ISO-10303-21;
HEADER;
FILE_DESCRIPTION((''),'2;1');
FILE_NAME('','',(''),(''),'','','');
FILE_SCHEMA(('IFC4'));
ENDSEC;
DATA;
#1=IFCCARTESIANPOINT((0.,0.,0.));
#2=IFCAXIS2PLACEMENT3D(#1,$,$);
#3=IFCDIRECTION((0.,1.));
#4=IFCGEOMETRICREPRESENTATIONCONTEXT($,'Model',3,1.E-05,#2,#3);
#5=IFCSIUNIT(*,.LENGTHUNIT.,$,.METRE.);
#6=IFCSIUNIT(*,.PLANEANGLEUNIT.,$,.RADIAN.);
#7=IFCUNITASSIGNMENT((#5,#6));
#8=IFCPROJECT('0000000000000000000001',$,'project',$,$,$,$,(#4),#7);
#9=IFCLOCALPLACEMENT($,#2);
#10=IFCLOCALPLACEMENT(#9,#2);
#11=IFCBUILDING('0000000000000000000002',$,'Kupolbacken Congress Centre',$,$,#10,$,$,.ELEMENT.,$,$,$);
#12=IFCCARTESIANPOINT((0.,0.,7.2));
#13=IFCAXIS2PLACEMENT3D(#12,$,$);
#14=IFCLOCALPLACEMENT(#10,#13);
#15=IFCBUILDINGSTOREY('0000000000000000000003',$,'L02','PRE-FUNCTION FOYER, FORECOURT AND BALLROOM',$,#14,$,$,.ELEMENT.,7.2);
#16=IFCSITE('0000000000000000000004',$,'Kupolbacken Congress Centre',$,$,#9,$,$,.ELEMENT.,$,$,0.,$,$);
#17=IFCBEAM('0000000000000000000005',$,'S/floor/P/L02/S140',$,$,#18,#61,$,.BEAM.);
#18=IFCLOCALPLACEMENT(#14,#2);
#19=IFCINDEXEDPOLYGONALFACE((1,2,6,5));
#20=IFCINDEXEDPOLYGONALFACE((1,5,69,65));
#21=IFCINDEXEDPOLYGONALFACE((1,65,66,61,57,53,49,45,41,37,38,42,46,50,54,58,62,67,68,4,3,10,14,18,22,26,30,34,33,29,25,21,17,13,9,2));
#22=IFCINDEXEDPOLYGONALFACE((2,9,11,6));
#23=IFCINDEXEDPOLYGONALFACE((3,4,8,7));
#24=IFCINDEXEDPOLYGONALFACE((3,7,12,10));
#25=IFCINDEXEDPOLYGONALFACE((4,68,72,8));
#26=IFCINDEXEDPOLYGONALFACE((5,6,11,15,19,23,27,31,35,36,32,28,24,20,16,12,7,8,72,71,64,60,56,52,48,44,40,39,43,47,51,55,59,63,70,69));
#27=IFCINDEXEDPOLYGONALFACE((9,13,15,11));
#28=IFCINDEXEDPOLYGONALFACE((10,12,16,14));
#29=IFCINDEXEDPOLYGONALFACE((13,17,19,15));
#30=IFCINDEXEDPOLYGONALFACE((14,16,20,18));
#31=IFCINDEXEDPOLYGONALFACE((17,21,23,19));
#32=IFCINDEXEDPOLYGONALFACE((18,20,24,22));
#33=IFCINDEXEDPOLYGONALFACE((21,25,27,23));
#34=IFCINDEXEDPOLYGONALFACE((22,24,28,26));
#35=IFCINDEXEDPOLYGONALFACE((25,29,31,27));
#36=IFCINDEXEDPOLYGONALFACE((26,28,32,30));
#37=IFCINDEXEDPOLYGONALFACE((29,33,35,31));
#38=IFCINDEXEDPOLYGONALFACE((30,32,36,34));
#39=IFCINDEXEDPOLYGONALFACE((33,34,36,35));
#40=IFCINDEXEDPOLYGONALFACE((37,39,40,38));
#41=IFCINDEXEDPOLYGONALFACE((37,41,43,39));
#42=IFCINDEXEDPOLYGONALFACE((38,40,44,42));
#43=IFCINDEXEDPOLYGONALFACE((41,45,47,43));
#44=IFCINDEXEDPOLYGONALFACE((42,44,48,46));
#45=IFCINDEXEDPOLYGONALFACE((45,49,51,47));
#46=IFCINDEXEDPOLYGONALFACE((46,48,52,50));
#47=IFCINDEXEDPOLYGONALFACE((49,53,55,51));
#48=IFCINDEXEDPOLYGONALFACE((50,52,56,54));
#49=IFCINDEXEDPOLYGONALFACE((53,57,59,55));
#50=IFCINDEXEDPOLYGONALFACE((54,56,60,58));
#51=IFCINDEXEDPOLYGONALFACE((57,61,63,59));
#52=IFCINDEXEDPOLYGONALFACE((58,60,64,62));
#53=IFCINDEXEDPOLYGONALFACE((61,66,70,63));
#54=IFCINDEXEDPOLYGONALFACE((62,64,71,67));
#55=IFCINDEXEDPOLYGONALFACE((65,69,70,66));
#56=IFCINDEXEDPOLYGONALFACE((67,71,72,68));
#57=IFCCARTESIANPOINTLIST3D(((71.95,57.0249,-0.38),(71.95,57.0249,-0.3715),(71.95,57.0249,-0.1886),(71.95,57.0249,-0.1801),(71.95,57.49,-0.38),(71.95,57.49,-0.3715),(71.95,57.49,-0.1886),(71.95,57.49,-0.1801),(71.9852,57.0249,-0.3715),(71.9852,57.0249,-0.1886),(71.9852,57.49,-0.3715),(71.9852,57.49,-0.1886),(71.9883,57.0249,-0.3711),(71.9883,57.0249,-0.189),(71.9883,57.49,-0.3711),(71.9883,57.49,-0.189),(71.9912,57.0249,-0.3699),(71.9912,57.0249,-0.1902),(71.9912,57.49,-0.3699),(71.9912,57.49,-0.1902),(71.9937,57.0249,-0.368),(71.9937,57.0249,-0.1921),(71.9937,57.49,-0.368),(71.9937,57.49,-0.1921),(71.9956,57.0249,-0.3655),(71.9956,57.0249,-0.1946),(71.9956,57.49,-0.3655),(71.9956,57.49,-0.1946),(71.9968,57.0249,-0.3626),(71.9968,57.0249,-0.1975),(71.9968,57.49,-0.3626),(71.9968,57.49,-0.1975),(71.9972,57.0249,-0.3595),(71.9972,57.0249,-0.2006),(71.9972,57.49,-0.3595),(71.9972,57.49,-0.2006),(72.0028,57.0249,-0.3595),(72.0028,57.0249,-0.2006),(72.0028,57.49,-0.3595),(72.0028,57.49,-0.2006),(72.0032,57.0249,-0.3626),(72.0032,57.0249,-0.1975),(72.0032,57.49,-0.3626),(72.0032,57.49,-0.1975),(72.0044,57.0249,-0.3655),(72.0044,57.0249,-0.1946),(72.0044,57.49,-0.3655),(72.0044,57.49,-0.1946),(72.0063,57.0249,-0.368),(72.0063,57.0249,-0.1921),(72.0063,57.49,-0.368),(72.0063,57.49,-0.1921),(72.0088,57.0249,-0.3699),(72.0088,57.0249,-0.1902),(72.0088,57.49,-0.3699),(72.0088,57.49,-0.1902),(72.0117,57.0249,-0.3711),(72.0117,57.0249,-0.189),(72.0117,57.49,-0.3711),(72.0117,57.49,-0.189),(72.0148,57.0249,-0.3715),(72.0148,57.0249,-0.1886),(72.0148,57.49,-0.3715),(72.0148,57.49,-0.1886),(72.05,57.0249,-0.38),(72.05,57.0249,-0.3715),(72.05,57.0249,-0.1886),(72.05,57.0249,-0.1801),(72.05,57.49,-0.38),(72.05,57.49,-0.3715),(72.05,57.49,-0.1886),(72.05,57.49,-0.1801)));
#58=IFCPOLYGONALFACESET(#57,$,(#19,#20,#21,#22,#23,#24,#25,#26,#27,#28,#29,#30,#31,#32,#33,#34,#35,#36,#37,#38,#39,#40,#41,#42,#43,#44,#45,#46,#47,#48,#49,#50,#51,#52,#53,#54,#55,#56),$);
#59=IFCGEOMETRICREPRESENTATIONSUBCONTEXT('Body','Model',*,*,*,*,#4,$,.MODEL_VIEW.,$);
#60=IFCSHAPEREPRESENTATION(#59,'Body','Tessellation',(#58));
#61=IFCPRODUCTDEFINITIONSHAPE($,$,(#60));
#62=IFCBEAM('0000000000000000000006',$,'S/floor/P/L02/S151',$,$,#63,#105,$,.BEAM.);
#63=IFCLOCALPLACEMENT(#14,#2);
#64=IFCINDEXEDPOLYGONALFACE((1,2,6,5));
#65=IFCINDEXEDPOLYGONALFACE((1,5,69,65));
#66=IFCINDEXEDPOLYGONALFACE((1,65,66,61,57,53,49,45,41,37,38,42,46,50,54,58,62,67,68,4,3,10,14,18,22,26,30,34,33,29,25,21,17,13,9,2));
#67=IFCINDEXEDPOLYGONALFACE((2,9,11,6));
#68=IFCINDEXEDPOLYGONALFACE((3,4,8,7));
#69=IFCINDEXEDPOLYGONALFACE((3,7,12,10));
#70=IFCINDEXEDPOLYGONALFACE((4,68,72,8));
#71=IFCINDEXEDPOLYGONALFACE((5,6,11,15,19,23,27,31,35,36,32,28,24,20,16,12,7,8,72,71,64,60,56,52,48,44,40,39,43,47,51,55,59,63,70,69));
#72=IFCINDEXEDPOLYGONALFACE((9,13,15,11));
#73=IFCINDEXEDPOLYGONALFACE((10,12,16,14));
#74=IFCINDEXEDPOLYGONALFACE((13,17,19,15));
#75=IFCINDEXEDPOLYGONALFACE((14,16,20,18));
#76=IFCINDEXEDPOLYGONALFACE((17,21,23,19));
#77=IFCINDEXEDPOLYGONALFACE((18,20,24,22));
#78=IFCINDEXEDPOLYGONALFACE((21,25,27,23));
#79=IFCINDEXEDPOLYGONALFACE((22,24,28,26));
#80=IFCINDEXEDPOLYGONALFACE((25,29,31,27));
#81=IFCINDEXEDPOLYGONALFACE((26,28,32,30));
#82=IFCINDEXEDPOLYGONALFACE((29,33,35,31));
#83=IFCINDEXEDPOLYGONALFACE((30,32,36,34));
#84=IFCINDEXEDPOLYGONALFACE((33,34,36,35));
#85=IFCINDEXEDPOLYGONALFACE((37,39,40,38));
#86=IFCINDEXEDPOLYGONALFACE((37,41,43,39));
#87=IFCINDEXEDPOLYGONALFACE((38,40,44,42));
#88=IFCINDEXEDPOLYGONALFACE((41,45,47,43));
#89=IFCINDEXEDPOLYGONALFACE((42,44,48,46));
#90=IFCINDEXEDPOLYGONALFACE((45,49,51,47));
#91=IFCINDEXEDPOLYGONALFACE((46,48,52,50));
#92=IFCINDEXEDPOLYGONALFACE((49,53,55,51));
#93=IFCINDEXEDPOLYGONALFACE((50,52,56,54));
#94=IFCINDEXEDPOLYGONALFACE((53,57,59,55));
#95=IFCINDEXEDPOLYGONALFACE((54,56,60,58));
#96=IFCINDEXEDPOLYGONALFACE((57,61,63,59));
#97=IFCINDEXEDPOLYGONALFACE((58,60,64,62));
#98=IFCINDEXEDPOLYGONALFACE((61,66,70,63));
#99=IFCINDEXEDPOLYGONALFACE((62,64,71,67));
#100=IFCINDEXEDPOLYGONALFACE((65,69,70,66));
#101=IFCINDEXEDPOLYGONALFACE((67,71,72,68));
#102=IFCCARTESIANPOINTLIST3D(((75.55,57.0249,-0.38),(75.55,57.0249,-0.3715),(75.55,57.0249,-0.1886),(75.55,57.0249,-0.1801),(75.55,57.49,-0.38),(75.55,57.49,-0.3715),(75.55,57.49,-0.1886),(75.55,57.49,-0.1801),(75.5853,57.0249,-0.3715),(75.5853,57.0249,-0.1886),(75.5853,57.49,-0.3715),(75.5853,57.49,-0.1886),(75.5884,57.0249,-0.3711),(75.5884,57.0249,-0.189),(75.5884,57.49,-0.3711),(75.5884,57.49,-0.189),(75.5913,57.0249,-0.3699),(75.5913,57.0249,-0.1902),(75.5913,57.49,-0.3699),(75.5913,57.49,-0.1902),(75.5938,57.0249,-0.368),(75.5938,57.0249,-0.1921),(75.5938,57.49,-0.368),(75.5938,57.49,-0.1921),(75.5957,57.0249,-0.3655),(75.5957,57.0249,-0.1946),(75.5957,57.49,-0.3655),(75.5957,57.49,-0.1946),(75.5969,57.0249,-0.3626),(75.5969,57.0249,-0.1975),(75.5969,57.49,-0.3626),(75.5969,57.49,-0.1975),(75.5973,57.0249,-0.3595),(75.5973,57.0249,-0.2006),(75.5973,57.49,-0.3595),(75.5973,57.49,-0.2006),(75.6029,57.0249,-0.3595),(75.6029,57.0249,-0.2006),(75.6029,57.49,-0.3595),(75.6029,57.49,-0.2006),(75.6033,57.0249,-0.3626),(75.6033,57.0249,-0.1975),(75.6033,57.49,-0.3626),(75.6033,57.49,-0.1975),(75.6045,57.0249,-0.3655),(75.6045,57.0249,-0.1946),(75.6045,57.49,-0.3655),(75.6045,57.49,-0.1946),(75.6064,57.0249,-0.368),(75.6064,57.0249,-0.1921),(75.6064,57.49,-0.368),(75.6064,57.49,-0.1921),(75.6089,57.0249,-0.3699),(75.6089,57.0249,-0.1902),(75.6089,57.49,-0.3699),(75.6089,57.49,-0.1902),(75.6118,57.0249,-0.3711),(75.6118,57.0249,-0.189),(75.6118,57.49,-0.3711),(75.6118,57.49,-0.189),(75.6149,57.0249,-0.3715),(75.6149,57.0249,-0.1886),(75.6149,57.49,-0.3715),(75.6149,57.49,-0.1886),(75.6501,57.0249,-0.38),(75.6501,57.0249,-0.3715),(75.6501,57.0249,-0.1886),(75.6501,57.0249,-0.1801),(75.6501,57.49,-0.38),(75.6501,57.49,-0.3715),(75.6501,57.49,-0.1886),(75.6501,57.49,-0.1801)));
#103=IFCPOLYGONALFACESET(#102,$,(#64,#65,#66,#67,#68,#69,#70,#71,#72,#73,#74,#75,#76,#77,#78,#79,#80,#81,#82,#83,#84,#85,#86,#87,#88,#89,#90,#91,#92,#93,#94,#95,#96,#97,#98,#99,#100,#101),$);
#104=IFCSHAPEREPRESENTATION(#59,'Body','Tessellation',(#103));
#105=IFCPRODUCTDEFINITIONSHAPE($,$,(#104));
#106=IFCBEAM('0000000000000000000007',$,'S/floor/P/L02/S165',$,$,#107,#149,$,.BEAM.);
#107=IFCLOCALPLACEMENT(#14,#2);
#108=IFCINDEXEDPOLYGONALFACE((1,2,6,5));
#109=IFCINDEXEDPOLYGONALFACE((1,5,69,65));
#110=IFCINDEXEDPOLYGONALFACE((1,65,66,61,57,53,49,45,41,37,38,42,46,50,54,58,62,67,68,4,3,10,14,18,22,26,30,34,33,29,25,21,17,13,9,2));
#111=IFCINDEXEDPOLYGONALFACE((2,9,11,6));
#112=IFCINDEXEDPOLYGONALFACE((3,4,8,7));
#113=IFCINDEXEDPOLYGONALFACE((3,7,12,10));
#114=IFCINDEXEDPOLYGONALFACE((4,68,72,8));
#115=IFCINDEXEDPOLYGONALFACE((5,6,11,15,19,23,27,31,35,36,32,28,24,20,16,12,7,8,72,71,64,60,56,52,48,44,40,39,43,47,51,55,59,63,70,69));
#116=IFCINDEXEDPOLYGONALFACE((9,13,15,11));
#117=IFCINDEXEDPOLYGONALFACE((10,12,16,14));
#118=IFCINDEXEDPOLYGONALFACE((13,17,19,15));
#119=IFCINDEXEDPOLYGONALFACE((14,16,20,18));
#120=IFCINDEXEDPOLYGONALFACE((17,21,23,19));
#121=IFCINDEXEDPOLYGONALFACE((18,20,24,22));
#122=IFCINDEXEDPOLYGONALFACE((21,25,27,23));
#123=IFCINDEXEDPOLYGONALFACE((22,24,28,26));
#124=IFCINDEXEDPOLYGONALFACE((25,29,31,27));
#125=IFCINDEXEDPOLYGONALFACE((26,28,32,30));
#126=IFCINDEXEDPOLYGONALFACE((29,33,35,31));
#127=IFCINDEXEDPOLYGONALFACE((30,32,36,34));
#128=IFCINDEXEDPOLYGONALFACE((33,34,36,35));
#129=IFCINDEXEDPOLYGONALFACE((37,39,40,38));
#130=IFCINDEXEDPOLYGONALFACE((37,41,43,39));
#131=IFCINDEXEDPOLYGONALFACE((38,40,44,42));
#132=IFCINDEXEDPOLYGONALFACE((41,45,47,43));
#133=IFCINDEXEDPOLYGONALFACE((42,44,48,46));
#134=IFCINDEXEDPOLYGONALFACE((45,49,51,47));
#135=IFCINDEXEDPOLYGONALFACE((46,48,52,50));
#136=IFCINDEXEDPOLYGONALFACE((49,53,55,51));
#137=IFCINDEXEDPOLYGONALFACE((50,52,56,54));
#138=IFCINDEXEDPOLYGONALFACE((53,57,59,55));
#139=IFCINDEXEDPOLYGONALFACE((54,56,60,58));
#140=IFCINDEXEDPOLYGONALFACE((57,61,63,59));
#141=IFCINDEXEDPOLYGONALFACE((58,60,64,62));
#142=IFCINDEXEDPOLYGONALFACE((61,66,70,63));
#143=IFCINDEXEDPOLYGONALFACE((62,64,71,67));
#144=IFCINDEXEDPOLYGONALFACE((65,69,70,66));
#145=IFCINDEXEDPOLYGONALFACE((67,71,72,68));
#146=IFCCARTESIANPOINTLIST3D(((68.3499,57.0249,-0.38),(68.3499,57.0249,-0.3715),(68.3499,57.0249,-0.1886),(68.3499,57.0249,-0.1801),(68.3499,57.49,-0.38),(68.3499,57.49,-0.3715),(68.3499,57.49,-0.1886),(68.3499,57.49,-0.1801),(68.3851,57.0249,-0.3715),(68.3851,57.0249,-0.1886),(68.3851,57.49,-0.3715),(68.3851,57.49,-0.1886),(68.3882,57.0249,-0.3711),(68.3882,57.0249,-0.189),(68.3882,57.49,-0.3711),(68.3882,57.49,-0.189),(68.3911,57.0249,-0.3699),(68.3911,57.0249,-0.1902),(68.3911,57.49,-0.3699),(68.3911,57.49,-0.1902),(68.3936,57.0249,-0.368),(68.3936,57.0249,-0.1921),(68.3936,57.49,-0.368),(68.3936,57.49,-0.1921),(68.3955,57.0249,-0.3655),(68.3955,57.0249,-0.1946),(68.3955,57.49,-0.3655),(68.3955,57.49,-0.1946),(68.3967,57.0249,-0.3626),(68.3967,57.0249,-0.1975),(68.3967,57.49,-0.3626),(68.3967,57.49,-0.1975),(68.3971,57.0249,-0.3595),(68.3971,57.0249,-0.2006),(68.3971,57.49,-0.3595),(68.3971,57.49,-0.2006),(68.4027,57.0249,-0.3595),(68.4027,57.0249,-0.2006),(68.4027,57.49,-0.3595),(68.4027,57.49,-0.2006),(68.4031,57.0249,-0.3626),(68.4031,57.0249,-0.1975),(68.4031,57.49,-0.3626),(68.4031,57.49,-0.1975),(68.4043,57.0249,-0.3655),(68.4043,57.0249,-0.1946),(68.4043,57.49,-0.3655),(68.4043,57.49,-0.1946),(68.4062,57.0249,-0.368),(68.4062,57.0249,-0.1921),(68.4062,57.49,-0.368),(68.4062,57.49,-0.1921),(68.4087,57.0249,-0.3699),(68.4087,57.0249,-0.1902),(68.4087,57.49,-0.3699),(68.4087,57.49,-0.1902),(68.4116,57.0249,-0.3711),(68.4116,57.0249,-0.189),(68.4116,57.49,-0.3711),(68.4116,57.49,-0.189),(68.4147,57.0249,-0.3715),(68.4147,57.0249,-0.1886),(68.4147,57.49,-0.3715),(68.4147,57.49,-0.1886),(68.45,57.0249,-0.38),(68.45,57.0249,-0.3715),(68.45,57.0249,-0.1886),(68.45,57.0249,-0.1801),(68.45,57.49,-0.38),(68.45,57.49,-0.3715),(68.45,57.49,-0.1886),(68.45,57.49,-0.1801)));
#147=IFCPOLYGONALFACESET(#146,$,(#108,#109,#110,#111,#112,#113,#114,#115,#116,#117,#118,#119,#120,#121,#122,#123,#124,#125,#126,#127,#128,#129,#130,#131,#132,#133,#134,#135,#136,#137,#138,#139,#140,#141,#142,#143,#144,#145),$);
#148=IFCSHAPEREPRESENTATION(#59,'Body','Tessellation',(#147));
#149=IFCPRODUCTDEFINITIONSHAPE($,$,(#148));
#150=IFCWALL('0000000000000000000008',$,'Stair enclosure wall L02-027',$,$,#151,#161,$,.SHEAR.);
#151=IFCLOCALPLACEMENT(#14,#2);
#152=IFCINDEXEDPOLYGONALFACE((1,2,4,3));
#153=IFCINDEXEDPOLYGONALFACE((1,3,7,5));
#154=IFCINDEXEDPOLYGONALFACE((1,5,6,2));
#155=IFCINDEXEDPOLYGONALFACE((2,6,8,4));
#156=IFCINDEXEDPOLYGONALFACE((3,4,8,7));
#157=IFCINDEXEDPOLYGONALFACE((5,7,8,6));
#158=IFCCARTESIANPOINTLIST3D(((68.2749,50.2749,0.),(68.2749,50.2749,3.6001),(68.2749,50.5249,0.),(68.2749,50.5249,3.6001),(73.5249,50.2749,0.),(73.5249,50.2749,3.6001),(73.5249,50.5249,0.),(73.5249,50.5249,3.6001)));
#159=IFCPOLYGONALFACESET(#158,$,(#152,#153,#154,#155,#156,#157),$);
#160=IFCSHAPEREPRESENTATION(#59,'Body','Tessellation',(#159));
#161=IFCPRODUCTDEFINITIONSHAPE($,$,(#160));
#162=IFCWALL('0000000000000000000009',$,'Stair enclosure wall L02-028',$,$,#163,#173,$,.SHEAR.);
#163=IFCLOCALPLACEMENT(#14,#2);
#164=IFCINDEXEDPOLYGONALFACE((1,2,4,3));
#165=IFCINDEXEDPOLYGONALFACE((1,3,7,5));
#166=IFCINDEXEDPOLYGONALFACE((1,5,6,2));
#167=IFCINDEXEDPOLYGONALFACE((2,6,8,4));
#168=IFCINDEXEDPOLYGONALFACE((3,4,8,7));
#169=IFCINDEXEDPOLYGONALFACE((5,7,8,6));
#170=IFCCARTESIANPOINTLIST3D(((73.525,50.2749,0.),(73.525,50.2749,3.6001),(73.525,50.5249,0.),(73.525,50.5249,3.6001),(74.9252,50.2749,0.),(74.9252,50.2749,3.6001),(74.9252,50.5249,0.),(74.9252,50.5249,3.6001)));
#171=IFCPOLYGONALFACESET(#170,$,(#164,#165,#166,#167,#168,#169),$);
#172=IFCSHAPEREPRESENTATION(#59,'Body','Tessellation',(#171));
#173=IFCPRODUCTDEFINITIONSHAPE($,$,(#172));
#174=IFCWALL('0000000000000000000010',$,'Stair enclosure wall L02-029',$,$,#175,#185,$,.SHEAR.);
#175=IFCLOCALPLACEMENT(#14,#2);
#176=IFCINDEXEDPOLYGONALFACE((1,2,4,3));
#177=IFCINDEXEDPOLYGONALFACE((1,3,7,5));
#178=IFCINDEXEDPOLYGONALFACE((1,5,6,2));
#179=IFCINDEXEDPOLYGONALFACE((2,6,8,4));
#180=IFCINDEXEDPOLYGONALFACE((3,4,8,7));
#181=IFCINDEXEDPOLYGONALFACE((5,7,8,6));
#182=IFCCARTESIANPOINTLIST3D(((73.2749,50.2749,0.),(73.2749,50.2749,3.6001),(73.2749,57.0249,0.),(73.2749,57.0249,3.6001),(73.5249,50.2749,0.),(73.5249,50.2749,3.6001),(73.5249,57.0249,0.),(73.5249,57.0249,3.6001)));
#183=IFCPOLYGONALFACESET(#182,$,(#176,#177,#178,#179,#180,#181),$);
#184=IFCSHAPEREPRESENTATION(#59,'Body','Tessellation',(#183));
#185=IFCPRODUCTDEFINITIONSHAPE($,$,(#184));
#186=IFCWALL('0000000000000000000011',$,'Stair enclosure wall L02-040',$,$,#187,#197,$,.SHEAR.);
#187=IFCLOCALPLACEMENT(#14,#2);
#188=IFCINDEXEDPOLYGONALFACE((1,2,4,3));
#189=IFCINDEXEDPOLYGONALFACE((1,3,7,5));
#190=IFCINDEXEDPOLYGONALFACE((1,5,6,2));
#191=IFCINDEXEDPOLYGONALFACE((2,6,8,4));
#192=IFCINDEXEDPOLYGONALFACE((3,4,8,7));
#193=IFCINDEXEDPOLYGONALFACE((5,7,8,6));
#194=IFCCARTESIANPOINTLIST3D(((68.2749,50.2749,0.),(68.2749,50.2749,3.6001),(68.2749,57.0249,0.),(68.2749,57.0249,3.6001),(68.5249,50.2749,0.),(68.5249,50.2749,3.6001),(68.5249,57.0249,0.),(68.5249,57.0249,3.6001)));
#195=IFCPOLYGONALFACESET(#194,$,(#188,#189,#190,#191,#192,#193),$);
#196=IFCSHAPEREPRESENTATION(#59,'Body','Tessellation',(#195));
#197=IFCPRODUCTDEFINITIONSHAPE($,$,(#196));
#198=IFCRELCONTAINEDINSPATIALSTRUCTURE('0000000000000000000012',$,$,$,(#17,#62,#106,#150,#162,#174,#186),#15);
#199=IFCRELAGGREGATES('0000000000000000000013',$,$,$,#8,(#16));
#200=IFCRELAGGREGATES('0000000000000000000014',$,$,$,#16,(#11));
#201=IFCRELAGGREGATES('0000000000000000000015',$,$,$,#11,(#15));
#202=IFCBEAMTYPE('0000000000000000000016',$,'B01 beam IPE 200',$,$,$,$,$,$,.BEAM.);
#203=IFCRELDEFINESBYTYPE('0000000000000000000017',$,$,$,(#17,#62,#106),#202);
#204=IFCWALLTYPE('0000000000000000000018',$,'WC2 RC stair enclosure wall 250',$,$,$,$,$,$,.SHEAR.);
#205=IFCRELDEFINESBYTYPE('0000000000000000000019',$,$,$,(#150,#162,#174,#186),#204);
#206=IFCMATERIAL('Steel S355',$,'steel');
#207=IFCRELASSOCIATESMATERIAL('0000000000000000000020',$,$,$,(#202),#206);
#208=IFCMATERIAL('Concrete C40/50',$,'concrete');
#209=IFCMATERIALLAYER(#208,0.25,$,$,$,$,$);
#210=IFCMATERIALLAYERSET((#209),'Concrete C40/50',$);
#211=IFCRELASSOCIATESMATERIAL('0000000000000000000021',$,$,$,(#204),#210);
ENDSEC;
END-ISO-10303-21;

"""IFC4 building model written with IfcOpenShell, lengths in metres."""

from ifc_helpers import new_model, si_unit, direction, frame, frame_2d, origin, origin_2d, place, context, subcontext, project, spatial, rectangle, i_section, extrude, material, layer, layer_set, material_profile, profile_set, type_object, element, save


model = new_model("IFC4")

# Units and contexts
model_context = context("Model", 3, precision=1e-05, world=origin(), true_north=direction((0.0, 1.0)))
body_context = subcontext(model_context, "Body", "Model", "MODEL_VIEW")
ifc_project = project(units=[si_unit("LENGTHUNIT", "METRE"), si_unit("PLANEANGLEUNIT", "RADIAN")], contexts=[model_context])

# Site, building, storey
site_placement = place(None, origin())
site = spatial("IfcSite", under=ifc_project, at=site_placement, Name="Kupolbacken Congress Centre", CompositionType="ELEMENT", RefElevation=0.0)
building_placement = place(site_placement, origin())
building = spatial("IfcBuilding", under=site, at=building_placement, Name="Kupolbacken Congress Centre", CompositionType="ELEMENT")
storey_placement = place(building_placement, frame((0.0, 0.0, 7.2)))
storey = spatial("IfcBuildingStorey", under=building, at=storey_placement, Name="L02", Description="PRE-FUNCTION FOYER, FORECOURT AND BALLROOM", CompositionType="ELEMENT", Elevation=7.2)

# Beams
ifc_material_1 = material(Name="Steel S355", Category="steel")
ifc_material_profile = material_profile(ifc_material_1, i_section(OverallWidth=0.1001, OverallDepth=0.2, WebThickness=0.0056, FlangeThickness=0.0085, FilletRadius=0.012, at=origin_2d()), Name="IPE 200")
ifc_profile_set = profile_set([ifc_material_profile], Name="Steel S355")
beam_type = type_object("IfcBeamType", Name="B01 beam IPE 200", PredefinedType="BEAM", material=ifc_profile_set)
for number, where, z_axis, x_axis, name in (
    (1, (72.0, 57.0249, -0.28), (0.0, 1.0, 0.0), (-1.0, 0.0, 0.0), "S/floor/P/L02/S140"),
    (2, (75.6001, 57.0249, -0.28), (0.0, 1.0, 0.0), (-1.0, 0.0, 0.0), "S/floor/P/L02/S151"),
    (3, (68.3999, 57.0249, -0.28), (0.0, 1.0, 0.0), (-1.0, 0.0, 0.0), "S/floor/P/L02/S165"),
):
    element("IfcBeam", number, at=place(storey_placement, frame(where, z_axis=z_axis, x_axis=x_axis)), inside=storey, type_object=beam_type, Name=name, PredefinedType="BEAM", context=body_context, shape_type="SweptSolid", body=[
        extrude(i_section(OverallWidth=0.1001, OverallDepth=0.2, WebThickness=0.0056, FlangeThickness=0.0085, FilletRadius=0.012, at=origin_2d()), origin(), (0.0, 0.0, 1.0), 0.4651),
    ])

# Walls
ifc_material_2 = material(Name="Concrete C40/50", Category="concrete")
ifc_layer = layer(ifc_material_2, 0.25)
ifc_layer_set = layer_set([ifc_layer], Name="Concrete C40/50")
wall_type = type_object("IfcWallType", Name="WC2 RC stair enclosure wall 250", PredefinedType="SHEAR", material=ifc_layer_set)
wall_1_placement = place(storey_placement, frame((68.2749, 50.3999, 0.0), z_axis=(0.0, 0.0, 1.0), x_axis=(1.0, 0.0, 0.0)))
element("IfcWall", 4, at=wall_1_placement, inside=storey, type_object=wall_type, Name="Stair enclosure wall L02-027", PredefinedType="SHEAR", context=body_context, shape_type="SweptSolid", body=[
    extrude(rectangle(XDim=5.25, YDim=0.25, at=frame_2d((2.625, 0.0))), origin(), (0.0, 0.0, 1.0), 3.6001),
])
wall_2_placement = place(storey_placement, frame((73.5249, 50.3999, 0.0), z_axis=(0.0, 0.0, 1.0), x_axis=(1.0, 0.0, 0.0)))
element("IfcWall", 5, at=wall_2_placement, inside=storey, type_object=wall_type, Name="Stair enclosure wall L02-028", PredefinedType="SHEAR", context=body_context, shape_type="SweptSolid", body=[
    extrude(rectangle(XDim=1.4001, YDim=0.25, at=frame_2d((0.7002, 0.0))), origin(), (0.0, 0.0, 1.0), 3.6001),
])
wall_3_placement = place(storey_placement, frame((73.3999, 50.2749, 0.0), z_axis=(0.0, 0.0, 1.0), x_axis=(0.0, 1.0, 0.0)))
element("IfcWall", 6, at=wall_3_placement, inside=storey, type_object=wall_type, Name="Stair enclosure wall L02-029", PredefinedType="SHEAR", context=body_context, shape_type="SweptSolid", body=[
    extrude(rectangle(XDim=6.75, YDim=0.25, at=frame_2d((3.375, 0.0))), origin(), (0.0, 0.0, 1.0), 3.6001),
])

# Wall
wall_4_placement = place(storey_placement, frame((68.3999, 57.0249, 0.0), z_axis=(0.0, 0.0, 1.0), x_axis=(0.0, -1.0, 0.0)))
element("IfcWall", 7, at=wall_4_placement, inside=storey, type_object=wall_type, Name="Stair enclosure wall L02-040", PredefinedType="SHEAR", context=body_context, shape_type="SweptSolid", body=[
    extrude(rectangle(XDim=6.75, YDim=0.25, at=frame_2d((3.375, 0.0))), origin(), (0.0, 0.0, 1.0), 3.6001),
])

save(model, "model.ifc")
